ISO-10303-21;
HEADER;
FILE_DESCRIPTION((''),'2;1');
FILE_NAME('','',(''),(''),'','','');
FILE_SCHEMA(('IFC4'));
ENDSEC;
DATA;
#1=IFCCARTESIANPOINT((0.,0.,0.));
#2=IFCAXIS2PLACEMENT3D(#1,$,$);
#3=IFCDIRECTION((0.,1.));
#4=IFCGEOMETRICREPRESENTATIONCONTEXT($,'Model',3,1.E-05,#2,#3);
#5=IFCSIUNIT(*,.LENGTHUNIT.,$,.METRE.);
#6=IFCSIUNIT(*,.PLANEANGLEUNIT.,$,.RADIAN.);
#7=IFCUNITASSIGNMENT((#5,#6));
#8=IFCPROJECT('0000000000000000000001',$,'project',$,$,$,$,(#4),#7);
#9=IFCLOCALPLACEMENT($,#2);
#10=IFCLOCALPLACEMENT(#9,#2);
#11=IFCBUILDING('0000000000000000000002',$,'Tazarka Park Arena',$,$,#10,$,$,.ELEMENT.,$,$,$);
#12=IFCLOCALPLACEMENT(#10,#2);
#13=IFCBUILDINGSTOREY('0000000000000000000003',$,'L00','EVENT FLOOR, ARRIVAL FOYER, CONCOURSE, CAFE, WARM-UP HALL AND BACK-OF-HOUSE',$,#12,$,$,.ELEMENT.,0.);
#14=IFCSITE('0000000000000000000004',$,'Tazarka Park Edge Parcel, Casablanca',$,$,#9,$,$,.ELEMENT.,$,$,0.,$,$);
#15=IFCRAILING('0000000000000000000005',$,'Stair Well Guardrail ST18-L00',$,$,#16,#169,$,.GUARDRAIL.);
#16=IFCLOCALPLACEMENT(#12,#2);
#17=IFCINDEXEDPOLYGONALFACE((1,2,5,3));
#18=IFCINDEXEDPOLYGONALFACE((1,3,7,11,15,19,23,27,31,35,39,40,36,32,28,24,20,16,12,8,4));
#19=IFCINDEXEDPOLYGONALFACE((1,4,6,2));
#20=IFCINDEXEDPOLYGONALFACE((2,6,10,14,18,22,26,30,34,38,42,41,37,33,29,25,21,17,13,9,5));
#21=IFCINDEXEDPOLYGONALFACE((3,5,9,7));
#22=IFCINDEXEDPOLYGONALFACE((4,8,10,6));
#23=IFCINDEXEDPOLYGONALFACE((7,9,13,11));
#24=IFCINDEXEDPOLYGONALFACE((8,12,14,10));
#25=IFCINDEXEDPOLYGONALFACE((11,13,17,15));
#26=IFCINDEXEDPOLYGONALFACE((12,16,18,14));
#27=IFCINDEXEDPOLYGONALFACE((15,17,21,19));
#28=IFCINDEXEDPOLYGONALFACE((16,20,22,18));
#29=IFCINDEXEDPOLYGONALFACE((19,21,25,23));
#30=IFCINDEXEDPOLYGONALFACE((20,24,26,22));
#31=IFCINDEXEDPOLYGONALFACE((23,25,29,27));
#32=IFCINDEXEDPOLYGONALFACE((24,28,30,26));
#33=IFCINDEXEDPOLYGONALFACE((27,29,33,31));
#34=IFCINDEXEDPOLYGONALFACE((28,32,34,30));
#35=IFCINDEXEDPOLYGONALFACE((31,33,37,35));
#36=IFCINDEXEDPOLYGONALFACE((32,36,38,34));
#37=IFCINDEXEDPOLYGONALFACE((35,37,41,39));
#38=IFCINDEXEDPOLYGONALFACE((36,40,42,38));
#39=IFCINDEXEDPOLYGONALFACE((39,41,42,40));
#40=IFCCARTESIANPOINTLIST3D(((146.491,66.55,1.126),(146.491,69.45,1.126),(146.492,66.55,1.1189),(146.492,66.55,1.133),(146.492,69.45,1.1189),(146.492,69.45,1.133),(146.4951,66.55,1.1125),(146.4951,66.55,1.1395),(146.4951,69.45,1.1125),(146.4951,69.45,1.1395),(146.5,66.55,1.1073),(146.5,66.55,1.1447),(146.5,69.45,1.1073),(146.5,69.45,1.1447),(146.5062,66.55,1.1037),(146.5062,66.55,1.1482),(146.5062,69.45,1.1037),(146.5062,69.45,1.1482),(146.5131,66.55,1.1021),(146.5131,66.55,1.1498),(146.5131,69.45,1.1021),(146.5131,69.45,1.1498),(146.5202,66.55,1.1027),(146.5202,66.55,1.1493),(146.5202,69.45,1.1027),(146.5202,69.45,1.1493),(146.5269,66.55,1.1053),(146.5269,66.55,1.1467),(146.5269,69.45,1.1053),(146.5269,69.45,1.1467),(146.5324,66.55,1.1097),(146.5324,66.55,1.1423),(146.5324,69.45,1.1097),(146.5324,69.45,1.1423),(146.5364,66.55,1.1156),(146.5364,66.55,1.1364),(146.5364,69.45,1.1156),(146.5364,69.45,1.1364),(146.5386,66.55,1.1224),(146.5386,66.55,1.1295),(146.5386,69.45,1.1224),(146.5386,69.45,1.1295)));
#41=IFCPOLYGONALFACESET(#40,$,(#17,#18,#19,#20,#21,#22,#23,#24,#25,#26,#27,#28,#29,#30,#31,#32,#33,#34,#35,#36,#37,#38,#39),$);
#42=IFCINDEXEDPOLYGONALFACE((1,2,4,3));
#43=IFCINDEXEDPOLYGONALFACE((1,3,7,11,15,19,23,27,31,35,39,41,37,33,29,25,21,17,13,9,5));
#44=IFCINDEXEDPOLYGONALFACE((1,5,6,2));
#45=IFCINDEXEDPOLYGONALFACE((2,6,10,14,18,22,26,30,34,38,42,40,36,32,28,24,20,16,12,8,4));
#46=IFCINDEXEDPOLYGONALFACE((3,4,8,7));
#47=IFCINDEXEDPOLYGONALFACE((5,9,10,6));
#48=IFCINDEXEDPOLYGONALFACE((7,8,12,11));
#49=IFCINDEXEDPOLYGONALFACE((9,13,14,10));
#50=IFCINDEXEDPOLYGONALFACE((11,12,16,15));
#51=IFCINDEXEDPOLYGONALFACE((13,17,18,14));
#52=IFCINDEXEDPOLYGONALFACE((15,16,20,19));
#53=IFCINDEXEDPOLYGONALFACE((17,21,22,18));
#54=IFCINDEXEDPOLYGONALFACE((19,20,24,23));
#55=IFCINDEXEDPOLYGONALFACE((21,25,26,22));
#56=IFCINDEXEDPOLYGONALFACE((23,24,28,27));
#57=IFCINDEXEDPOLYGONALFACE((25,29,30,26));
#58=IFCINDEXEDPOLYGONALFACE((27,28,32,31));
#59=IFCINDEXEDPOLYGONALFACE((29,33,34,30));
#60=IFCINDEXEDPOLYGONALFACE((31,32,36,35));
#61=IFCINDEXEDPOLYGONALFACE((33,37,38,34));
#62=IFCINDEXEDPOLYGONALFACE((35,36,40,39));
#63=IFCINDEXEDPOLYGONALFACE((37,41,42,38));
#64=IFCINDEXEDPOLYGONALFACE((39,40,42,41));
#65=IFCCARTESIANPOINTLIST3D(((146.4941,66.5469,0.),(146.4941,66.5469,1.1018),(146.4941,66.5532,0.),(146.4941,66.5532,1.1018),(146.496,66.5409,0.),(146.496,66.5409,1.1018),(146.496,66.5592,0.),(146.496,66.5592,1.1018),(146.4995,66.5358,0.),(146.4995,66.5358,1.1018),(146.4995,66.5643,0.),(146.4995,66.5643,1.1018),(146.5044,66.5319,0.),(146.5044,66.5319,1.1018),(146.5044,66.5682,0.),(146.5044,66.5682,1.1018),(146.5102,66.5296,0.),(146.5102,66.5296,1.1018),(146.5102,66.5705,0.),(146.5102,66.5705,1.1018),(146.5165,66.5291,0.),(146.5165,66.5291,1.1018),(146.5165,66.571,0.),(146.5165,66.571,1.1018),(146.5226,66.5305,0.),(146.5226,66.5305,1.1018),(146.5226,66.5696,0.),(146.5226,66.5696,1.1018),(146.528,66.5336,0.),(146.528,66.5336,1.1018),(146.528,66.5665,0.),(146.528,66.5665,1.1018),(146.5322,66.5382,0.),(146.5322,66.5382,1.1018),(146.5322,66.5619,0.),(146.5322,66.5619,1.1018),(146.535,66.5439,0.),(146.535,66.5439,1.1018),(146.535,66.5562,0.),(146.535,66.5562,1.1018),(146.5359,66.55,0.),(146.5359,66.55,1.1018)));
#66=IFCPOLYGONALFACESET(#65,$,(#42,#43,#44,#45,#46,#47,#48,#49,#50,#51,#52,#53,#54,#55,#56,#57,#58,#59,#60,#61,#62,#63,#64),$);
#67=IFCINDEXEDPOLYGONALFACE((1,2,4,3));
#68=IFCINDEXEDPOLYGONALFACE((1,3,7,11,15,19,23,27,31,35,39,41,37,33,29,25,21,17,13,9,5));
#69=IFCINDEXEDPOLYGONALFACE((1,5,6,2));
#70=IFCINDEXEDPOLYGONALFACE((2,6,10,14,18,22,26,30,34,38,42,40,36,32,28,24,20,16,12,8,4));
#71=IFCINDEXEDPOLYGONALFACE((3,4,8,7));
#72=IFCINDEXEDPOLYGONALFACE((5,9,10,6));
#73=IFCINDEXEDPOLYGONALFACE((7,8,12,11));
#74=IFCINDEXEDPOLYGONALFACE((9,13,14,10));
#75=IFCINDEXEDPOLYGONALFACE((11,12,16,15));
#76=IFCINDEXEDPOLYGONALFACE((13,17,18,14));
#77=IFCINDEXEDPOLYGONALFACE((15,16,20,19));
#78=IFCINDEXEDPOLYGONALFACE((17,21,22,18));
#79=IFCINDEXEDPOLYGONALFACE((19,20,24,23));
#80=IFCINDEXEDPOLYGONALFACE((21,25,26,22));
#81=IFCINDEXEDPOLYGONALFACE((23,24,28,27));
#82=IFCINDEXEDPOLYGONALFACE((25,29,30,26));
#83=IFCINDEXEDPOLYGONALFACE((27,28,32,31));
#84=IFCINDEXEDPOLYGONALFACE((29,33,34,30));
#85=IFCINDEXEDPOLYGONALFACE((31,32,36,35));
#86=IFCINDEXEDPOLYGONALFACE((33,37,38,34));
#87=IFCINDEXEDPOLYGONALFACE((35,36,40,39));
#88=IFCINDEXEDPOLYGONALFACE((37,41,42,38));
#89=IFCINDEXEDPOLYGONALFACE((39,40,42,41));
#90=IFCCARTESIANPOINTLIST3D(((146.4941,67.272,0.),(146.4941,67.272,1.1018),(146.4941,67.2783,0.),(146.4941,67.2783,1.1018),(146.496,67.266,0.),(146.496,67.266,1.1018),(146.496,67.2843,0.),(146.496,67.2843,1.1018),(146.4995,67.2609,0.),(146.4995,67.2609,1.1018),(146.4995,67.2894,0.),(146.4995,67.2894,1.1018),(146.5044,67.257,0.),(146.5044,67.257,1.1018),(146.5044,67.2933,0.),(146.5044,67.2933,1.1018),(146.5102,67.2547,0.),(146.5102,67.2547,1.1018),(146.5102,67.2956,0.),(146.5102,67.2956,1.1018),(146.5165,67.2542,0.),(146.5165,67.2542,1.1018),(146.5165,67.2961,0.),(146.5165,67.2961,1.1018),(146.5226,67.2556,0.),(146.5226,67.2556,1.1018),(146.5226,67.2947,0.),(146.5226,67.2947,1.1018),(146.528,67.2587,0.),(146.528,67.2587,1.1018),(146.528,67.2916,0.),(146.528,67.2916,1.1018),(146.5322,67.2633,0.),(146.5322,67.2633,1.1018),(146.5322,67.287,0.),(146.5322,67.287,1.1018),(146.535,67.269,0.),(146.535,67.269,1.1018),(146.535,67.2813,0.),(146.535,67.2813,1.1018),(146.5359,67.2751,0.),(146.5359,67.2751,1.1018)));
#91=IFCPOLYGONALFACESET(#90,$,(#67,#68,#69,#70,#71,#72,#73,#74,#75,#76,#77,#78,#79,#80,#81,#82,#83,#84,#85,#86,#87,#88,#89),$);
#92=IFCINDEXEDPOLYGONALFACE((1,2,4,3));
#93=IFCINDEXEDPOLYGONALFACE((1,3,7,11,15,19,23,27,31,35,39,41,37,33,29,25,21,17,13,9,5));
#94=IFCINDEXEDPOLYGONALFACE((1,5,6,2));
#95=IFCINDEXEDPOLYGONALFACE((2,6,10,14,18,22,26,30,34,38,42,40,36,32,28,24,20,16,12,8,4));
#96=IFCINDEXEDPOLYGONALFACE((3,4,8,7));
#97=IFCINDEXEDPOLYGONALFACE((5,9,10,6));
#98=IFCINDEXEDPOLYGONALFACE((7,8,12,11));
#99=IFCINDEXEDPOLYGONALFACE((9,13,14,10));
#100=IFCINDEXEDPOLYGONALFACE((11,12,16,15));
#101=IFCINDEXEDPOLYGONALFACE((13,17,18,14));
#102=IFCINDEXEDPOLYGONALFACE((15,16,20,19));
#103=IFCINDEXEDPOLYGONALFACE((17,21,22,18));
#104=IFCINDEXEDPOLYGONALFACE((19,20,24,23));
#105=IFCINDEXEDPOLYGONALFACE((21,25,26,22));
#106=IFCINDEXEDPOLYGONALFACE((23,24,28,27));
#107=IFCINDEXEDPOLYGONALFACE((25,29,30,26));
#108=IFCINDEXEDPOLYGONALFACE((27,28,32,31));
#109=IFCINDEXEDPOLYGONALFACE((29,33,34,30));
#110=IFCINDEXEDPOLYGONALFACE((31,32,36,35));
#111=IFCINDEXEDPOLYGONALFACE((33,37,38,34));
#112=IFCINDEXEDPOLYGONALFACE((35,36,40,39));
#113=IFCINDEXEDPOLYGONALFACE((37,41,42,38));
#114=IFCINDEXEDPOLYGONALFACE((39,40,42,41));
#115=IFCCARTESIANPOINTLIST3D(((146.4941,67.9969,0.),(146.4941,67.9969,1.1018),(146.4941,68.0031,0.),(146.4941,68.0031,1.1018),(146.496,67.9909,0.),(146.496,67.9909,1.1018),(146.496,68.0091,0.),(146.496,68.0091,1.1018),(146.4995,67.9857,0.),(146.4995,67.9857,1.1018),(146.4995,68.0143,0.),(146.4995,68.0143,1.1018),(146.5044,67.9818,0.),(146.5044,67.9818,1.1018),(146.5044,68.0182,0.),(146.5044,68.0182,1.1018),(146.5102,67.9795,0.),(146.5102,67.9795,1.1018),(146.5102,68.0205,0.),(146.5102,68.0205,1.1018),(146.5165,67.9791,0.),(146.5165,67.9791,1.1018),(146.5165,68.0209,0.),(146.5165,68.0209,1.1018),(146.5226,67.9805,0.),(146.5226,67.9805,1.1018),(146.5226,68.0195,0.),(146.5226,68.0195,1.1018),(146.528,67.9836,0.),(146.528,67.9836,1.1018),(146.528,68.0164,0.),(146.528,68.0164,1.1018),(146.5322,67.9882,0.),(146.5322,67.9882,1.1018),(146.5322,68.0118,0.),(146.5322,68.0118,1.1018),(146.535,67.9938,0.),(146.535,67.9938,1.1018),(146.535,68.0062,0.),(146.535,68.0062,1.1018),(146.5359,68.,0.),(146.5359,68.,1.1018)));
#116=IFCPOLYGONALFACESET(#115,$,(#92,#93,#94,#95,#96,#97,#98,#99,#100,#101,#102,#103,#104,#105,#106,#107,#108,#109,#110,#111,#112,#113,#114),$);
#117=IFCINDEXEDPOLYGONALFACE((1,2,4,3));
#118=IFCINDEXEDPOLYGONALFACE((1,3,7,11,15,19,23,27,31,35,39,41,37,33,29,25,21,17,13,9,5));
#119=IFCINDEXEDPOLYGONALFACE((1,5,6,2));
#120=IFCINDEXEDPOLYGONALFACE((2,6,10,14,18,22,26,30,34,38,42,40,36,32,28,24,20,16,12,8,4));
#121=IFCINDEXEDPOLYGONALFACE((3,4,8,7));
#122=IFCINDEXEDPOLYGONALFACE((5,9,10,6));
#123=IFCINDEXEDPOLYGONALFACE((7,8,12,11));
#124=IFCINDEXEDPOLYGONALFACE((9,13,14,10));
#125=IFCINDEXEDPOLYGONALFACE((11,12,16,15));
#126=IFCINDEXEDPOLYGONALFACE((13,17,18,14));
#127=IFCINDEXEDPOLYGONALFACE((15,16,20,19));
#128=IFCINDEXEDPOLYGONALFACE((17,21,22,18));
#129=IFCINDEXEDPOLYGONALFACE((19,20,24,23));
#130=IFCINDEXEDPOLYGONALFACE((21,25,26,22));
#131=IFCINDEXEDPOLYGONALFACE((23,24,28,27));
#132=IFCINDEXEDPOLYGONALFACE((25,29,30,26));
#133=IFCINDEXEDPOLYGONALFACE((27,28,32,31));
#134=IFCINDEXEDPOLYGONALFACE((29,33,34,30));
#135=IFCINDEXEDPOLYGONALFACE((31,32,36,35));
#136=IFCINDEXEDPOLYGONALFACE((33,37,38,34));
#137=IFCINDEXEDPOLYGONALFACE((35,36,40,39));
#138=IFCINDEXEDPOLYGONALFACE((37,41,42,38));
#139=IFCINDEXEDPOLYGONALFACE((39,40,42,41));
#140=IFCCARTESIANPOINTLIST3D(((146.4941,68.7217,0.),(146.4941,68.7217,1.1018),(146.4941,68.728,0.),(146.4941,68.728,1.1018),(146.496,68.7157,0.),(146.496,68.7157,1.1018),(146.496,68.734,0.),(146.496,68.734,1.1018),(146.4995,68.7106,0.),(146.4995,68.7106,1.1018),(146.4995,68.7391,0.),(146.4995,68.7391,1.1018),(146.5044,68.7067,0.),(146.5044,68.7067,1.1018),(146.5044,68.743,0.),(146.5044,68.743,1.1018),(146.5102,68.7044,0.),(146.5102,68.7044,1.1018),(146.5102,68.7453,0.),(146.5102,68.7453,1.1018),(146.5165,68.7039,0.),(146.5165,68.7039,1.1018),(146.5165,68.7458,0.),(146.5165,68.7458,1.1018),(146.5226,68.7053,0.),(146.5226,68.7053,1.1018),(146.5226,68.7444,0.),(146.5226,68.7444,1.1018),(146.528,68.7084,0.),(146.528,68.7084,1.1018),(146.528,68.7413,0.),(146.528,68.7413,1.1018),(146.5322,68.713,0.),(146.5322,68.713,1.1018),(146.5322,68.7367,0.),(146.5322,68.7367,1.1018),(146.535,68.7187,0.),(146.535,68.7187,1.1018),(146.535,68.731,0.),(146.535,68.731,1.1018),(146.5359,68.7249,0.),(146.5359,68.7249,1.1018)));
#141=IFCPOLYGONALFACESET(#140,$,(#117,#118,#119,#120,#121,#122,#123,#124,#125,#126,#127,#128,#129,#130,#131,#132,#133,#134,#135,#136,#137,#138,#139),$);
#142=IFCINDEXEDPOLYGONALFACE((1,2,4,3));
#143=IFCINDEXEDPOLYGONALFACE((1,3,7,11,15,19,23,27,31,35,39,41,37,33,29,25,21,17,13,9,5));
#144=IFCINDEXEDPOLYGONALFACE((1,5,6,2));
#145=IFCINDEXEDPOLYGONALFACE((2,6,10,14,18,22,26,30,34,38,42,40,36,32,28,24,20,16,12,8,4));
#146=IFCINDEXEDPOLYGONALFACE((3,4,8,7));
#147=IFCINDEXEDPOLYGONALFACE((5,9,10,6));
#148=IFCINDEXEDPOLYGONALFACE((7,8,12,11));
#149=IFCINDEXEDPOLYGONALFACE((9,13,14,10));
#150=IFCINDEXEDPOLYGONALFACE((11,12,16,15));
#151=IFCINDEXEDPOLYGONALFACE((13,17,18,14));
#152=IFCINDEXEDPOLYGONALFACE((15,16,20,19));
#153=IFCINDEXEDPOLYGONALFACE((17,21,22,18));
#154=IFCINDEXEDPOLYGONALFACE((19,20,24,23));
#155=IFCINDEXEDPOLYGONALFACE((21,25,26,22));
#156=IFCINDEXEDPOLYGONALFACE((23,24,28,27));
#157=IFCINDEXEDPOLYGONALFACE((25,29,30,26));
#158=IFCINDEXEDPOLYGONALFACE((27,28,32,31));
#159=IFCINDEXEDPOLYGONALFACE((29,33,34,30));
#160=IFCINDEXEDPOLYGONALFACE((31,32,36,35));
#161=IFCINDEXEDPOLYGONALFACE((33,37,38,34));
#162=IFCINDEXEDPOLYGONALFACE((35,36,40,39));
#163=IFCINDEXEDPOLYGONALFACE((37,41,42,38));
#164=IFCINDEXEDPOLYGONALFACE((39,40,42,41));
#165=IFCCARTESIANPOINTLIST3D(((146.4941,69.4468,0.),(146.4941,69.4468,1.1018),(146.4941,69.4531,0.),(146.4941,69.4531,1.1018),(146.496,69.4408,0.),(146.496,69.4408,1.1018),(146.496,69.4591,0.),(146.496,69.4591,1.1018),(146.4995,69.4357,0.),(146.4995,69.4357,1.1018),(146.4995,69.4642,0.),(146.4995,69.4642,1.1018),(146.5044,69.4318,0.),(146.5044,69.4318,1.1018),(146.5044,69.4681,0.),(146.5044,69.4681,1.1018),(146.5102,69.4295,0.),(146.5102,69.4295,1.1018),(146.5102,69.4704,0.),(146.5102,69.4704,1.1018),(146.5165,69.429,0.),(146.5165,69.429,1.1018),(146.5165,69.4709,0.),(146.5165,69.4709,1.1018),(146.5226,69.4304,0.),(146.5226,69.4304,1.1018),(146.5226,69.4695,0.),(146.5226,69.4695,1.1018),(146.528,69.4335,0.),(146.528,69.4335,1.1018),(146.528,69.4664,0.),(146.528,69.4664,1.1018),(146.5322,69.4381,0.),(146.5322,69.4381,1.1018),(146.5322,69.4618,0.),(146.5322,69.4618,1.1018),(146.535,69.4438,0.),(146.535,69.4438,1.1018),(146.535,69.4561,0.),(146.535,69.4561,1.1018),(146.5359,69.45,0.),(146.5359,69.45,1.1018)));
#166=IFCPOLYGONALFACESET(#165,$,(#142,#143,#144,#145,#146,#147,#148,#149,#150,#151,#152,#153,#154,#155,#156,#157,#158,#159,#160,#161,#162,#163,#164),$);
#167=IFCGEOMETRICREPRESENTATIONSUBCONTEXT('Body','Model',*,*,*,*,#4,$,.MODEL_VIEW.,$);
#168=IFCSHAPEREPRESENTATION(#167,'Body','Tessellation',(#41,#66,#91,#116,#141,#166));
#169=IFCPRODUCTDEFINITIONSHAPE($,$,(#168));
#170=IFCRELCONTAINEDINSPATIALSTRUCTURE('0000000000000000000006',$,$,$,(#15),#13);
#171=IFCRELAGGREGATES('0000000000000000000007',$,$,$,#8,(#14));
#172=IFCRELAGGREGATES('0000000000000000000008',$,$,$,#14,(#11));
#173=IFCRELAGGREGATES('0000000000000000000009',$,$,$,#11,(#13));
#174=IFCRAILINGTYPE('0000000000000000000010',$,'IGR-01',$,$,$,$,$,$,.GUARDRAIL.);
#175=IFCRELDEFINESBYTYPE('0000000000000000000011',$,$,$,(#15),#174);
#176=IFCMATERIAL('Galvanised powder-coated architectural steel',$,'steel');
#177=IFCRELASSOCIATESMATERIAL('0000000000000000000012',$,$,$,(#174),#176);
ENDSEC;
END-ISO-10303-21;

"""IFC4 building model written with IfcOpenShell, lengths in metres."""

from ifc_helpers import new_model, si_unit, direction, frame, origin, origin_2d, place, context, subcontext, project, spatial, circle, extrude, material, type_object, element, save


model = new_model("IFC4")

# Units and contexts
model_context = context("Model", 3, precision=1e-05, world=origin(), true_north=direction((0.0, 1.0)))
body_context = subcontext(model_context, "Body", "Model", "MODEL_VIEW")
ifc_project = project(units=[si_unit("LENGTHUNIT", "METRE"), si_unit("PLANEANGLEUNIT", "RADIAN")], contexts=[model_context])

# Site, building, storey
site_placement = place(None, origin())
site = spatial("IfcSite", under=ifc_project, at=site_placement, Name="Tazarka Park Edge Parcel, Casablanca", CompositionType="ELEMENT", RefElevation=0.0)
building_placement = place(site_placement, origin())
building = spatial("IfcBuilding", under=site, at=building_placement, Name="Tazarka Park Arena", CompositionType="ELEMENT")
storey_placement = place(building_placement, origin())
storey = spatial("IfcBuildingStorey", under=building, at=storey_placement, Name="L00", Description="EVENT FLOOR, ARRIVAL FOYER, CONCOURSE, CAFE, WARM-UP HALL AND BACK-OF-HOUSE", CompositionType="ELEMENT", Elevation=0.0)

# Railing
ifc_material_1 = material(Name="Galvanised powder-coated architectural steel", Category="steel")
railing_type_1 = type_object("IfcRailingType", Name="IGR-01", PredefinedType="GUARDRAIL", material=ifc_material_1)
for number, where, name in (
    (1, (146.5149, 66.55, 0.0), "Stair Well Guardrail ST18-L00"),
):
    element("IfcRailing", number, at=place(storey_placement, frame(where)), inside=storey, type_object=railing_type_1, Name=name, PredefinedType="GUARDRAIL", context=body_context, shape_type="SweptSolid", body=[
        extrude(circle(Radius=0.0239, at=origin_2d()), frame((0.0, 0.0, 1.126), z_axis=(0.0, 1.0, 0.0), x_axis=(-1.0, 0.0, 0.0)), (0.0, 0.0, 1.0), 2.8999),
        extrude(circle(Radius=0.021, at=origin_2d()), origin(), (0.0, 0.0, 1.0), 1.1018),
        extrude(circle(Radius=0.021, at=origin_2d()), frame((0.0, 0.7251, 0.0)), (0.0, 0.0, 1.0), 1.1018),
        extrude(circle(Radius=0.021, at=origin_2d()), frame((0.0, 1.45, 0.0)), (0.0, 0.0, 1.0), 1.1018),
        extrude(circle(Radius=0.021, at=origin_2d()), frame((0.0, 2.1748, 0.0)), (0.0, 0.0, 1.0), 1.1018),
        extrude(circle(Radius=0.021, at=origin_2d()), frame((0.0, 2.8999, 0.0)), (0.0, 0.0, 1.0), 1.1018),
    ])

save(model, "model.ifc")
